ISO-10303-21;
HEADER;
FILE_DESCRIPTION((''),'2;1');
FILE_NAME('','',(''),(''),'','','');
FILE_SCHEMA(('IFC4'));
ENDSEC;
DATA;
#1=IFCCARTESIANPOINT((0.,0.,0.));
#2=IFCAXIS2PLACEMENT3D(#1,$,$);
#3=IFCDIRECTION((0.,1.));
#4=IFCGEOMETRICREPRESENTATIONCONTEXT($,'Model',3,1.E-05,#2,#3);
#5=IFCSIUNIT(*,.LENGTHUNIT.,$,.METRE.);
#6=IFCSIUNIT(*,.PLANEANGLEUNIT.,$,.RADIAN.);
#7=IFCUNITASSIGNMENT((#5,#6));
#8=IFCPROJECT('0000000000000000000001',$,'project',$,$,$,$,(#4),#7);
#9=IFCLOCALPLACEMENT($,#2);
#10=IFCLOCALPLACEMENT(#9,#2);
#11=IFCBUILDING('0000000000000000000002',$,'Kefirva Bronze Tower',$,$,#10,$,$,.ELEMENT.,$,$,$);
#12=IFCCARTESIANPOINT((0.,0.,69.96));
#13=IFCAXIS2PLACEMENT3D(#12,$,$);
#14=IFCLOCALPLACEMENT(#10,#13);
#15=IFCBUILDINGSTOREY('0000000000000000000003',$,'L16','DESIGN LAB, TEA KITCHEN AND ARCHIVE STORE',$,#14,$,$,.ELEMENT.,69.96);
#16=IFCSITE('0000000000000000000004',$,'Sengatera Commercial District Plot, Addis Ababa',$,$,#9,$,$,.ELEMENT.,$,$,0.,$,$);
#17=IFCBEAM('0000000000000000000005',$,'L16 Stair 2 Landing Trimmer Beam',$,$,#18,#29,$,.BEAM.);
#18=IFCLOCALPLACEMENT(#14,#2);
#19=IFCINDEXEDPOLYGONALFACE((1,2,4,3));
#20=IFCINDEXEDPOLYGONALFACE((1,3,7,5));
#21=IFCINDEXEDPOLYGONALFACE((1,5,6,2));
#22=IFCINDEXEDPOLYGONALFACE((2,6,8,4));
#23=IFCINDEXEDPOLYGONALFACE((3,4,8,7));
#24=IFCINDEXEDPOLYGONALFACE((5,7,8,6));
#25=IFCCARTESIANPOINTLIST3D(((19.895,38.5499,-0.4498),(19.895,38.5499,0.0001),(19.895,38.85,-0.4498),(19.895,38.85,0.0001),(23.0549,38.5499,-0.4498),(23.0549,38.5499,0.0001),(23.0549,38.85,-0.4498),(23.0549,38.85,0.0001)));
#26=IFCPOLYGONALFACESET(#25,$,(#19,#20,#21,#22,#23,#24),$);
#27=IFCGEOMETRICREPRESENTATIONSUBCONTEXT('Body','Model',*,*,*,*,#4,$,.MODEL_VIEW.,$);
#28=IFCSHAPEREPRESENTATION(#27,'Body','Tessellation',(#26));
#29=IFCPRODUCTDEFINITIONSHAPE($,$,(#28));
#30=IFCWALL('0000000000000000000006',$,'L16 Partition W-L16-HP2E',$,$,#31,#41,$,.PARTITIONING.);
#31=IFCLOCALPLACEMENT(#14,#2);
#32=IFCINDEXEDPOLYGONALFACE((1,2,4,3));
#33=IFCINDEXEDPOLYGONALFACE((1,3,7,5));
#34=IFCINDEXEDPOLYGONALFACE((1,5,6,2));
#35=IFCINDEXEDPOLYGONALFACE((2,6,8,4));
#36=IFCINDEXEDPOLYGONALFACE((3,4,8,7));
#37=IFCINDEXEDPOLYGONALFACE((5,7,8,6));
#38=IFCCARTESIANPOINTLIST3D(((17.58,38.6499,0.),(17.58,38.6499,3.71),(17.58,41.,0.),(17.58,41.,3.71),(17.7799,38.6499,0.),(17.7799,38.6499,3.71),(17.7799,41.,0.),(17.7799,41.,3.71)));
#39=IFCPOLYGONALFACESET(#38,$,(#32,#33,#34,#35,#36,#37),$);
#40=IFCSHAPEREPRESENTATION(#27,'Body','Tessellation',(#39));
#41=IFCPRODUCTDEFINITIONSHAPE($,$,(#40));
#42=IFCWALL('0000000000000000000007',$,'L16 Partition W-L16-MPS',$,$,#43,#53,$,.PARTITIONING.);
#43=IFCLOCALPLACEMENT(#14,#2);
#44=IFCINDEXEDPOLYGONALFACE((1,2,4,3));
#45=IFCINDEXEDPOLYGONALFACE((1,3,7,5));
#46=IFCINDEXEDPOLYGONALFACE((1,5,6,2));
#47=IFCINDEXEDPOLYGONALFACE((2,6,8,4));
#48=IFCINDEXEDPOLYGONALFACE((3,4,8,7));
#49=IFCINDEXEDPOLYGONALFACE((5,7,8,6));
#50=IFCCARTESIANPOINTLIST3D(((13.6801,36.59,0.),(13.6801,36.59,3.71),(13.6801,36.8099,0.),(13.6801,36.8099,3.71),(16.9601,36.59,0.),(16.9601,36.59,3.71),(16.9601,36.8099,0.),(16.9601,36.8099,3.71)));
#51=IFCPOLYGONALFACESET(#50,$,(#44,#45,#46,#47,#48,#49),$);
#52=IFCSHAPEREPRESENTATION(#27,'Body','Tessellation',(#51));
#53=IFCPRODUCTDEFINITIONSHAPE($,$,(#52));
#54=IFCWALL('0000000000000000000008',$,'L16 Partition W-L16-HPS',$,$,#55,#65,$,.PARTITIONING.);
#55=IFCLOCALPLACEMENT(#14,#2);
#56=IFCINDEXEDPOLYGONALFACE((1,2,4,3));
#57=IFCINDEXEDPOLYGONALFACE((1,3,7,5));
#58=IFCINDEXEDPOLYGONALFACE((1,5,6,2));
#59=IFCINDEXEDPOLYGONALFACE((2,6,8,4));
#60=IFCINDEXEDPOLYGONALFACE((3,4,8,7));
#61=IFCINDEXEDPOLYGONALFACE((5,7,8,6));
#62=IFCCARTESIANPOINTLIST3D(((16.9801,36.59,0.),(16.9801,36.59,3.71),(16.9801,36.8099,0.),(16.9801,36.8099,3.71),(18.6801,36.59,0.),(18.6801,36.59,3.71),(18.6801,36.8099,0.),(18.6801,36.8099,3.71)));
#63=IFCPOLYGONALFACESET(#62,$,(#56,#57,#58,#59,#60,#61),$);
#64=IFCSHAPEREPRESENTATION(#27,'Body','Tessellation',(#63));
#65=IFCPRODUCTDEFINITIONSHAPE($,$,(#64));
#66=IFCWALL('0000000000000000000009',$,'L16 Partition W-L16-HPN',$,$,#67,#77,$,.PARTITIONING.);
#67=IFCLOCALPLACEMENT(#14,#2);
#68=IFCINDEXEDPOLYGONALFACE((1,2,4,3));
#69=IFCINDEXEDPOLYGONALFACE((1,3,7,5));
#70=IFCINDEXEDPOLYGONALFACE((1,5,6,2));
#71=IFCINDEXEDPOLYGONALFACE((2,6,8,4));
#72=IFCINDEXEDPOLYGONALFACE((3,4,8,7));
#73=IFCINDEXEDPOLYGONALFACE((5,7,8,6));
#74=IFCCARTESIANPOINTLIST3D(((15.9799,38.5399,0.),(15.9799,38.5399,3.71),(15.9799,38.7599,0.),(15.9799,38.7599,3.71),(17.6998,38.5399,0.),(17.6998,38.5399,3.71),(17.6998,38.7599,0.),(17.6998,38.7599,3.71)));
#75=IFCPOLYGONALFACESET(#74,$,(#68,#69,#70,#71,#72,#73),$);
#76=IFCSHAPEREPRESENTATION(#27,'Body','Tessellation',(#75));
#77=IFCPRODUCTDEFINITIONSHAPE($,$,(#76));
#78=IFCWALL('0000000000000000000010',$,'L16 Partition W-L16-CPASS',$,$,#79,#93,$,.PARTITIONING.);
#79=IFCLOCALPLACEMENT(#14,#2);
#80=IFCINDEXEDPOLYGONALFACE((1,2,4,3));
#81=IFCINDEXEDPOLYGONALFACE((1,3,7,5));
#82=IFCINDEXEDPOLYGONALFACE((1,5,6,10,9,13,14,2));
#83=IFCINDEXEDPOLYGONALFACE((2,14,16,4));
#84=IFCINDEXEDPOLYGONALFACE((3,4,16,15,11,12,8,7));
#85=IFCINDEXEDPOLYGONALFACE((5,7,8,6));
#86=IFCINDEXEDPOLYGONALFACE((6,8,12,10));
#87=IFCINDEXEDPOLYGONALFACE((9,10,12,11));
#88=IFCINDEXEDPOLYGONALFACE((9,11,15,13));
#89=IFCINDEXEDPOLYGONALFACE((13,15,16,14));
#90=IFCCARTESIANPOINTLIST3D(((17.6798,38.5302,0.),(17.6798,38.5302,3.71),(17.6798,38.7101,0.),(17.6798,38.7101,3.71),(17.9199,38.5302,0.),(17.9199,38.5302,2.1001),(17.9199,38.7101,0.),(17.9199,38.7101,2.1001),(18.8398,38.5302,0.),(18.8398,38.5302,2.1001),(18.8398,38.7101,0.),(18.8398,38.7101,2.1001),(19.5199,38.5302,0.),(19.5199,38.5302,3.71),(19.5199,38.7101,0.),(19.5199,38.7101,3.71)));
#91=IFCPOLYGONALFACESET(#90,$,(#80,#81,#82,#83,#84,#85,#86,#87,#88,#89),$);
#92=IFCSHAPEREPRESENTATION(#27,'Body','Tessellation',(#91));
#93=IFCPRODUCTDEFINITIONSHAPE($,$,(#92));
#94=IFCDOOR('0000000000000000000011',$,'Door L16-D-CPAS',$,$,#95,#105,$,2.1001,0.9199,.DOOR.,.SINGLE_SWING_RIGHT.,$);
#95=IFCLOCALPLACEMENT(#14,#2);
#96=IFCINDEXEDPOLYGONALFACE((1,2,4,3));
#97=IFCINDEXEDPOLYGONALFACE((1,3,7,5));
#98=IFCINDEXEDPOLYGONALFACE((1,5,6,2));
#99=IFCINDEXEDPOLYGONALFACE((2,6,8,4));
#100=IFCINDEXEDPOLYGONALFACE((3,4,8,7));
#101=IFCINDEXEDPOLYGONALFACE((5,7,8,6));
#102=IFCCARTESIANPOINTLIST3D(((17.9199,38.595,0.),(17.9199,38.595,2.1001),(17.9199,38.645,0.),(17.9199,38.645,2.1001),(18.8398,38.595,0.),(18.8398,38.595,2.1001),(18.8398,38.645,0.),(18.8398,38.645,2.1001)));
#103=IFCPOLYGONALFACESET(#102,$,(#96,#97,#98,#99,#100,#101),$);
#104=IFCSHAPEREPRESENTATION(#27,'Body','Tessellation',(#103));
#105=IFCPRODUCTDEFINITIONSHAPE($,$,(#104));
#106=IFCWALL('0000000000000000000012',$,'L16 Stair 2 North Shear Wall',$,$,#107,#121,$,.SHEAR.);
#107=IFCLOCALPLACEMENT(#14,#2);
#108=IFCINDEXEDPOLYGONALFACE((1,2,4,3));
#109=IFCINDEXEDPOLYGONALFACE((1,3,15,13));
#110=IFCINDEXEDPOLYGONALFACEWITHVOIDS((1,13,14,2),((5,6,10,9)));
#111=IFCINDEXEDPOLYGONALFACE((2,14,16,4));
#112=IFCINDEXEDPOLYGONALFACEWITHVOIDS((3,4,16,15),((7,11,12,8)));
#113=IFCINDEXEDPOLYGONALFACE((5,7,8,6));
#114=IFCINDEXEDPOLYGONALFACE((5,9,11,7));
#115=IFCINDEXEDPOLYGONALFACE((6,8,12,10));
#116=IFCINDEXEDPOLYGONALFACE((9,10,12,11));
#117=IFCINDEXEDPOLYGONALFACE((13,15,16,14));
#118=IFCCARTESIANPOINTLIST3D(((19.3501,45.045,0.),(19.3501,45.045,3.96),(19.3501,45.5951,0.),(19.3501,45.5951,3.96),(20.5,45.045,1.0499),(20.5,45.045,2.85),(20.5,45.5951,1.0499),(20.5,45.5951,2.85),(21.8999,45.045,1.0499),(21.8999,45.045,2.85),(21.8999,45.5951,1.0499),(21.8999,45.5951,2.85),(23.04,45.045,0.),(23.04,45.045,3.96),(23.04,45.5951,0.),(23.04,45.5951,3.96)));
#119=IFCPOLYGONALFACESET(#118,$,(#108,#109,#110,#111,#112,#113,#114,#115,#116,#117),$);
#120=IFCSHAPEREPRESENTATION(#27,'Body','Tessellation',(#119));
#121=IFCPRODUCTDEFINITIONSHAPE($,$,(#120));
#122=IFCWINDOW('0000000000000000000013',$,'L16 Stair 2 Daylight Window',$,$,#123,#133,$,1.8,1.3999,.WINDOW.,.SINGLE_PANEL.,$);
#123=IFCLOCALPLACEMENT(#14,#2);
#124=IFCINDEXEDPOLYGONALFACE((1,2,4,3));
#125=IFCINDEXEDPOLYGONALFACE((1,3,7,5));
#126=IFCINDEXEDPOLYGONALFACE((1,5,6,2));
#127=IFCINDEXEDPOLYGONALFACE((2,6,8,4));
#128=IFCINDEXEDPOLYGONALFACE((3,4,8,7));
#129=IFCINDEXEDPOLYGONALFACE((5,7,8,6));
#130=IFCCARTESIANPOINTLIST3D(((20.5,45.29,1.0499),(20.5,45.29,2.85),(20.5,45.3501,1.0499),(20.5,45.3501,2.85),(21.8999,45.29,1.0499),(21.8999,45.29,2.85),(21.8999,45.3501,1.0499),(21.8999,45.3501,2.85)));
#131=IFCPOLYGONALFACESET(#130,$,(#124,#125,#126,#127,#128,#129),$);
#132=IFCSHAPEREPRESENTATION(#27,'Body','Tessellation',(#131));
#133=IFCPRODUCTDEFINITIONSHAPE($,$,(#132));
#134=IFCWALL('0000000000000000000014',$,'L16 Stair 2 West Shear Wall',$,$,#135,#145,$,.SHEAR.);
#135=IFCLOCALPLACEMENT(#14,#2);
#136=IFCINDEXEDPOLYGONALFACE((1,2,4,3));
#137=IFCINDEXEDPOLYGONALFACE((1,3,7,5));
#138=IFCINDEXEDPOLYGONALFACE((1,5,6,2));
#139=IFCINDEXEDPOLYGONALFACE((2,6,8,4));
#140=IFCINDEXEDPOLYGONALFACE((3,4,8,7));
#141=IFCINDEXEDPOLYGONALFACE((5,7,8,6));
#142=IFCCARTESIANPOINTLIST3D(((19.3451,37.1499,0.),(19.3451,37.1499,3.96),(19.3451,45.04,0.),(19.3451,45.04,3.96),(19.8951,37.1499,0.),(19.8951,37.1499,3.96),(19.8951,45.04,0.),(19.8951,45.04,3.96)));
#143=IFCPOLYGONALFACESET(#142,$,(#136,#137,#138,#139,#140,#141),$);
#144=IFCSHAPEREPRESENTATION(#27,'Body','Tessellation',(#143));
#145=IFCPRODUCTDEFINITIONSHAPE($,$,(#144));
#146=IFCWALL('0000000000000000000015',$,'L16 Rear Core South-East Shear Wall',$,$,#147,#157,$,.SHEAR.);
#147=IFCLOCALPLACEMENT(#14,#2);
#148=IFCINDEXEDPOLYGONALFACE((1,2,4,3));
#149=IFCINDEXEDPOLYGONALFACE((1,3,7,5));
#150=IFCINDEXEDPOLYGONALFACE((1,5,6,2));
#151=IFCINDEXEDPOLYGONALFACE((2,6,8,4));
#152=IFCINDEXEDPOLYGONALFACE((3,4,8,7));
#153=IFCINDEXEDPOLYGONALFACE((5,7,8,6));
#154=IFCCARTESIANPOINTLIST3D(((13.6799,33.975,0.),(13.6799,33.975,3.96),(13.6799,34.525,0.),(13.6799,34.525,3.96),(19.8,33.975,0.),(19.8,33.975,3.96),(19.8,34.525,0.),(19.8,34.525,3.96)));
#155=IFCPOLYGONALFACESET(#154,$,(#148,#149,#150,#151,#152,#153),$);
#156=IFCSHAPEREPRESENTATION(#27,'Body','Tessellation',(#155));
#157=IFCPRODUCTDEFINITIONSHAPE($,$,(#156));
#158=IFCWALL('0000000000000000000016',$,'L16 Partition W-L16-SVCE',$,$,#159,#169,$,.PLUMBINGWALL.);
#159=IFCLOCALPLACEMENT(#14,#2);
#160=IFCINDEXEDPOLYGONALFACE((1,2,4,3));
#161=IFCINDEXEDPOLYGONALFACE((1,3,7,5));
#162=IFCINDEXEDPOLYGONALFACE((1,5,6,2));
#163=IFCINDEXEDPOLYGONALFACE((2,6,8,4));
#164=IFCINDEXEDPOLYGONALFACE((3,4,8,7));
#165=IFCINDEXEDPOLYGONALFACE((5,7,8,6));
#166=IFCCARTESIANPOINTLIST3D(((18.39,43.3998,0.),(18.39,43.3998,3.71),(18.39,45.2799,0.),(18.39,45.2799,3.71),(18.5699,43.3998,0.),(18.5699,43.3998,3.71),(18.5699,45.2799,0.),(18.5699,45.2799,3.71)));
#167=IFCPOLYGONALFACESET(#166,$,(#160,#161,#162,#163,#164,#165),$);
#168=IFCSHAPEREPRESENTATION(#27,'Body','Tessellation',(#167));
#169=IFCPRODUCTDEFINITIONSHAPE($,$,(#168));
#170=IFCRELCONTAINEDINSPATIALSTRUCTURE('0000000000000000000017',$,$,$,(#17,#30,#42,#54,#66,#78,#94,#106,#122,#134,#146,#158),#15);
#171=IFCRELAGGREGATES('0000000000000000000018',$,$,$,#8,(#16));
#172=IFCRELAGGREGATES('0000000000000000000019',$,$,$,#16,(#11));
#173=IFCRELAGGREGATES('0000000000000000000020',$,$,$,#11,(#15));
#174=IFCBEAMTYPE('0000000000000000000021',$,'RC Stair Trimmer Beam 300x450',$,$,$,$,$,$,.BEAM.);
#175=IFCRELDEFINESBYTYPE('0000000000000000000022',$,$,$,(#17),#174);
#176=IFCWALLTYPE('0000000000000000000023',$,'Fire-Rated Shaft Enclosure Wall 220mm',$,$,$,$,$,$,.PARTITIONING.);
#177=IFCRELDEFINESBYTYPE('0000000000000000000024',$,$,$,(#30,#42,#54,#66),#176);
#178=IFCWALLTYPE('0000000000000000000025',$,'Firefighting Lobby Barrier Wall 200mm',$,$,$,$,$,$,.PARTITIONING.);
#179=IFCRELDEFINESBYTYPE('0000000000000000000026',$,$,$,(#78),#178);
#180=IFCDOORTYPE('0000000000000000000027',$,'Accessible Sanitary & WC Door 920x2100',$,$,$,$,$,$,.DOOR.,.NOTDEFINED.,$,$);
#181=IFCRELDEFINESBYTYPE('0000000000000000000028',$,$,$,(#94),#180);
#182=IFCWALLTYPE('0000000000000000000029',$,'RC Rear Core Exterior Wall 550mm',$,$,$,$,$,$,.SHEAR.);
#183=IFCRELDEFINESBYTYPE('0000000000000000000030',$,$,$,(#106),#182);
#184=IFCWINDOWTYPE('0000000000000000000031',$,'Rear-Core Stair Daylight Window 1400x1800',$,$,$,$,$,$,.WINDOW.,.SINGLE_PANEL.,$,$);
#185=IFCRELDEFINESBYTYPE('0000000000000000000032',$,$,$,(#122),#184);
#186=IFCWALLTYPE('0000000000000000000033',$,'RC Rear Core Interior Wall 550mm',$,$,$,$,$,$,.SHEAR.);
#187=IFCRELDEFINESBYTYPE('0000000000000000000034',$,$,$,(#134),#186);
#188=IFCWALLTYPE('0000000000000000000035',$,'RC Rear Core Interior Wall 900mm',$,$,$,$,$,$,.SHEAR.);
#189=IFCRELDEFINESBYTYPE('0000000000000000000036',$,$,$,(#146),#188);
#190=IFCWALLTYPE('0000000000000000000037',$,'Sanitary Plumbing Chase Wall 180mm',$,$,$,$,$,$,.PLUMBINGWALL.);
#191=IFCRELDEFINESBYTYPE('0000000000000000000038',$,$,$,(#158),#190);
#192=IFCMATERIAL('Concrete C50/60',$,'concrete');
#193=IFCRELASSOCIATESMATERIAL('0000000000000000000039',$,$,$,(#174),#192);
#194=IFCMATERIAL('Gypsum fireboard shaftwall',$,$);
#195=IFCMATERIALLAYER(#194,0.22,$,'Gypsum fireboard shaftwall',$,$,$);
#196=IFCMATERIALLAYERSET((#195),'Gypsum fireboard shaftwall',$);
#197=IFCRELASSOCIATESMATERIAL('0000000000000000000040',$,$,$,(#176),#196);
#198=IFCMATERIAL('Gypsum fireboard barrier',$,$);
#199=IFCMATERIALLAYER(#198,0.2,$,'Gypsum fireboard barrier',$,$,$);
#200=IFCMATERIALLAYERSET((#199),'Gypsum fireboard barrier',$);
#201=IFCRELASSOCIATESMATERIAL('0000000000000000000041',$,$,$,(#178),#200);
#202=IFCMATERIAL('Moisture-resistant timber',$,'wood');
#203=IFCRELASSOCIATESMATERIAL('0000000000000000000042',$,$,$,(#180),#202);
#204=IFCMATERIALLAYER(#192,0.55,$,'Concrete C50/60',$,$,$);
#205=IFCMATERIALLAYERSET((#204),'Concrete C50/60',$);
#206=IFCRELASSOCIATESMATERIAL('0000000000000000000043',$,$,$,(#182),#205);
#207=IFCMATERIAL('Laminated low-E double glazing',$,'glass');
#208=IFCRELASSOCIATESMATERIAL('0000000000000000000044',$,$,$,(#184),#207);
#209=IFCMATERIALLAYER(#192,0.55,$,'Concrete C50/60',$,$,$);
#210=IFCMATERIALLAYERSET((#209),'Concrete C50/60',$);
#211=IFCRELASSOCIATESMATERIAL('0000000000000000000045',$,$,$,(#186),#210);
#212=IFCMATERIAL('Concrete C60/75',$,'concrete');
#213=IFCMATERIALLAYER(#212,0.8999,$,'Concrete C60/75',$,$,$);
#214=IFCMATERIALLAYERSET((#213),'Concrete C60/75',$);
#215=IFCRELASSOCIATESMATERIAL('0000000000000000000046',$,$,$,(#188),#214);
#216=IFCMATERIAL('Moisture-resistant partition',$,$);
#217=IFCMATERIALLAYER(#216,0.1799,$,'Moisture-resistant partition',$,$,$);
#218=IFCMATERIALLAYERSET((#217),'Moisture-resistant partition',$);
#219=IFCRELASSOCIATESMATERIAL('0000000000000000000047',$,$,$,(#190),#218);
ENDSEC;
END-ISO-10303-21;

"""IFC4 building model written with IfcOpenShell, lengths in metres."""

from ifc_helpers import new_model, si_unit, direction, frame, frame_2d, origin, origin_2d, place, context, subcontext, project, spatial, rectangle, extrude, material, layer, layer_set, material_profile, profile_set, type_object, element, fill, save


model = new_model("IFC4")

# Units and contexts
model_context = context("Model", 3, precision=1e-05, world=origin(), true_north=direction((0.0, 1.0)))
body_context = subcontext(model_context, "Body", "Model", "MODEL_VIEW")
ifc_project = project(units=[si_unit("LENGTHUNIT", "METRE"), si_unit("PLANEANGLEUNIT", "RADIAN")], contexts=[model_context])

# Site, building, storey
site_placement = place(None, origin())
site = spatial("IfcSite", under=ifc_project, at=site_placement, Name="Sengatera Commercial District Plot, Addis Ababa", CompositionType="ELEMENT", RefElevation=0.0)
building_placement = place(site_placement, origin())
building = spatial("IfcBuilding", under=site, at=building_placement, Name="Kefirva Bronze Tower", CompositionType="ELEMENT")
storey_placement = place(building_placement, frame((0.0, 0.0, 69.96)))
storey = spatial("IfcBuildingStorey", under=building, at=storey_placement, Name="L16", Description="DESIGN LAB, TEA KITCHEN AND ARCHIVE STORE", CompositionType="ELEMENT", Elevation=69.96)

# Beam
ifc_material_1 = material(Name="Concrete C50/60", Category="concrete")
ifc_material_profile = material_profile(ifc_material_1, rectangle(XDim=0.3, YDim=0.45, at=origin_2d()), Name="RC 300x450")
ifc_profile_set = profile_set([ifc_material_profile], Name="Concrete C50/60")
beam_type = type_object("IfcBeamType", Name="RC Stair Trimmer Beam 300x450", PredefinedType="BEAM", material=ifc_profile_set)
beam_placement = place(storey_placement, frame((19.895, 38.7, -0.2249), z_axis=(1.0, 0.0, 0.0), x_axis=(0.0, 1.0, 0.0)))
element("IfcBeam", 1, at=beam_placement, inside=storey, type_object=beam_type, Name="L16 Stair 2 Landing Trimmer Beam", PredefinedType="BEAM", context=body_context, shape_type="SweptSolid", body=[
    extrude(rectangle(XDim=0.3, YDim=0.45, at=origin_2d()), origin(), (0.0, 0.0, 1.0), 3.1599),
])

# Shared definitions
ifc_material_2 = material(Name="Gypsum fireboard shaftwall")
ifc_layer_1 = layer(ifc_material_2, 0.22, Name="Gypsum fireboard shaftwall")
ifc_layer_set_1 = layer_set([ifc_layer_1], Name="Gypsum fireboard shaftwall")
wall_type_1 = type_object("IfcWallType", Name="Fire-Rated Shaft Enclosure Wall 220mm", PredefinedType="PARTITIONING", material=ifc_layer_set_1)

# Walls
wall_1_placement = place(storey_placement, frame((17.6799, 38.6499, 0.0), z_axis=(0.0, 0.0, 1.0), x_axis=(0.0, 1.0, 0.0)))
element("IfcWall", 2, at=wall_1_placement, inside=storey, type_object=wall_type_1, Name="L16 Partition W-L16-HP2E", PredefinedType="PARTITIONING", context=body_context, shape_type="SweptSolid", body=[
    extrude(rectangle(XDim=2.3501, YDim=0.2, at=frame_2d((1.175, 0.0))), origin(), (0.0, 0.0, 1.0), 3.71),
])
wall_2_placement = place(storey_placement, frame((13.6799, 36.7, 0.0), z_axis=(0.0, 0.0, 1.0), x_axis=(1.0, 0.0, 0.0)))
element("IfcWall", 3, at=wall_2_placement, inside=storey, type_object=wall_type_1, Name="L16 Partition W-L16-MPS", PredefinedType="PARTITIONING", context=body_context, shape_type="SweptSolid", body=[
    extrude(rectangle(XDim=3.28, YDim=0.22, at=frame_2d((1.6401, 0.0))), origin(), (0.0, 0.0, 1.0), 3.71),
])
wall_3_placement = place(storey_placement, frame((16.98, 36.7, 0.0), z_axis=(0.0, 0.0, 1.0), x_axis=(1.0, 0.0, 0.0)))
element("IfcWall", 4, at=wall_3_placement, inside=storey, type_object=wall_type_1, Name="L16 Partition W-L16-HPS", PredefinedType="PARTITIONING", context=body_context, shape_type="SweptSolid", body=[
    extrude(rectangle(XDim=1.7, YDim=0.22, at=frame_2d((0.8501, 0.0))), origin(), (0.0, 0.0, 1.0), 3.71),
])
wall_4_placement = place(storey_placement, frame((15.98, 38.6499, 0.0), z_axis=(0.0, 0.0, 1.0), x_axis=(1.0, 0.0, 0.0)))
element("IfcWall", 5, at=wall_4_placement, inside=storey, type_object=wall_type_1, Name="L16 Partition W-L16-HPN", PredefinedType="PARTITIONING", context=body_context, shape_type="SweptSolid", body=[
    extrude(rectangle(XDim=1.72, YDim=0.22, at=frame_2d((0.8599, 0.0))), origin(), (0.0, 0.0, 1.0), 3.71),
])

# Wall, opening, door
ifc_material_3 = material(Name="Gypsum fireboard barrier")
ifc_layer_2 = layer(ifc_material_3, 0.2, Name="Gypsum fireboard barrier")
ifc_layer_set_2 = layer_set([ifc_layer_2], Name="Gypsum fireboard barrier")
wall_type_2 = type_object("IfcWallType", Name="Firefighting Lobby Barrier Wall 200mm", PredefinedType="PARTITIONING", material=ifc_layer_set_2)
wall_5_placement = place(storey_placement, frame((17.6799, 38.6201, 0.0), z_axis=(0.0, 0.0, 1.0), x_axis=(1.0, 0.0, 0.0)))
wall_5 = element("IfcWall", 6, at=wall_5_placement, inside=storey, type_object=wall_type_2, Name="L16 Partition W-L16-CPASS", PredefinedType="PARTITIONING", context=body_context, shape_type="SweptSolid", body=[
    extrude(rectangle(XDim=1.8401, YDim=0.1799, at=frame_2d((0.9199, 0.0))), origin(), (0.0, 0.0, 1.0), 3.71),
])
opening_1_placement = place(wall_5_placement, frame((0.24, 0.0, 0.0)))
opening_1 = element("IfcOpeningElement", 7, at=opening_1_placement, cuts=wall_5, PredefinedType="OPENING", context=body_context, shape_type="SweptSolid", body=[
    extrude(rectangle(XDim=0.9199, YDim=2.1001, at=frame_2d((0.46, 1.05))), frame((0.0, 0.1001, 0.0), z_axis=(0.0, -1.0, 0.0), x_axis=(1.0, 0.0, 0.0)), (0.0, 0.0, 1.0), 0.2),
])
ifc_material_4 = material(Name="Moisture-resistant timber", Category="wood")
door_type_1 = type_object("IfcDoorType", Name="Accessible Sanitary & WC Door 920x2100", OperationType="NOTDEFINED", PredefinedType="DOOR", material=ifc_material_4)
door_1_placement = place(opening_1_placement, origin())
door_1 = element("IfcDoor", 8, at=door_1_placement, inside=storey, type_object=door_type_1, Name="Door L16-D-CPAS", OperationType="SINGLE_SWING_RIGHT", OverallHeight=2.1001, OverallWidth=0.9199, PredefinedType="DOOR", context=body_context, shape_type="SweptSolid", body=[
    extrude(rectangle(XDim=0.9199, YDim=2.1001, at=frame_2d((0.46, 1.05))), frame((0.0, 0.0249, 0.0), z_axis=(0.0, -1.0, 0.0), x_axis=(1.0, 0.0, 0.0)), (0.0, 0.0, 1.0), 0.05),
])
fill(opening_1, door_1)

# Wall, opening, window
ifc_layer_3 = layer(ifc_material_1, 0.55, Name="Concrete C50/60")
ifc_layer_set_3 = layer_set([ifc_layer_3], Name="Concrete C50/60")
wall_type_3 = type_object("IfcWallType", Name="RC Rear Core Exterior Wall 550mm", PredefinedType="SHEAR", material=ifc_layer_set_3)
wall_6_placement = place(storey_placement, frame((19.3501, 45.3201, 0.0), z_axis=(0.0, 0.0, 1.0), x_axis=(1.0, 0.0, 0.0)))
wall_6 = element("IfcWall", 9, at=wall_6_placement, inside=storey, type_object=wall_type_3, Name="L16 Stair 2 North Shear Wall", PredefinedType="SHEAR", context=body_context, shape_type="SweptSolid", body=[
    extrude(rectangle(XDim=3.6899, YDim=0.55, at=frame_2d((1.845, 0.0))), origin(), (0.0, 0.0, 1.0), 3.96),
])
opening_2_placement = place(wall_6_placement, frame((1.1499, 0.0, 1.05)))
opening_2 = element("IfcOpeningElement", 10, at=opening_2_placement, cuts=wall_6, PredefinedType="OPENING", context=body_context, shape_type="SweptSolid", body=[
    extrude(rectangle(XDim=1.3999, YDim=1.8, at=frame_2d((0.7, 0.8999))), frame((0.0, 0.2852, 0.0), z_axis=(0.0, -1.0, 0.0), x_axis=(1.0, 0.0, 0.0)), (0.0, 0.0, 1.0), 0.5701),
])
ifc_material_5 = material(Name="Laminated low-E double glazing", Category="glass")
window_type = type_object("IfcWindowType", Name="Rear-Core Stair Daylight Window 1400x1800", PartitioningType="SINGLE_PANEL", PredefinedType="WINDOW", material=ifc_material_5)
window_placement = place(opening_2_placement, origin())
window = element("IfcWindow", 11, at=window_placement, inside=storey, type_object=window_type, Name="L16 Stair 2 Daylight Window", OverallHeight=1.8, OverallWidth=1.3999, PartitioningType="SINGLE_PANEL", PredefinedType="WINDOW", context=body_context, shape_type="SweptSolid", body=[
    extrude(rectangle(XDim=1.3999, YDim=1.8, at=frame_2d((0.7, 0.8999))), frame((0.0, 0.03, 0.0), z_axis=(0.0, -1.0, 0.0), x_axis=(1.0, 0.0, 0.0)), (0.0, 0.0, 1.0), 0.0601),
])
fill(opening_2, window)

# Walls
ifc_layer_4 = layer(ifc_material_1, 0.55, Name="Concrete C50/60")
ifc_layer_set_4 = layer_set([ifc_layer_4], Name="Concrete C50/60")
wall_type_4 = type_object("IfcWallType", Name="RC Rear Core Interior Wall 550mm", PredefinedType="SHEAR", material=ifc_layer_set_4)
wall_7_placement = place(storey_placement, frame((19.6201, 37.1499, 0.0), z_axis=(0.0, 0.0, 1.0), x_axis=(0.0, 1.0, 0.0)))
element("IfcWall", 12, at=wall_7_placement, inside=storey, type_object=wall_type_4, Name="L16 Stair 2 West Shear Wall", PredefinedType="SHEAR", context=body_context, shape_type="SweptSolid", body=[
    extrude(rectangle(XDim=7.8901, YDim=0.55, at=frame_2d((3.9451, 0.0))), origin(), (0.0, 0.0, 1.0), 3.96),
])
ifc_material_6 = material(Name="Concrete C60/75", Category="concrete")
ifc_layer_5 = layer(ifc_material_6, 0.8999, Name="Concrete C60/75")
ifc_layer_set_5 = layer_set([ifc_layer_5], Name="Concrete C60/75")
wall_type_5 = type_object("IfcWallType", Name="RC Rear Core Interior Wall 900mm", PredefinedType="SHEAR", material=ifc_layer_set_5)
wall_8_placement = place(storey_placement, frame((13.6799, 34.25, 0.0), z_axis=(0.0, 0.0, 1.0), x_axis=(1.0, 0.0, 0.0)))
element("IfcWall", 13, at=wall_8_placement, inside=storey, type_object=wall_type_5, Name="L16 Rear Core South-East Shear Wall", PredefinedType="SHEAR", context=body_context, shape_type="SweptSolid", body=[
    extrude(rectangle(XDim=6.1201, YDim=0.55, at=frame_2d((3.0601, 0.0))), origin(), (0.0, 0.0, 1.0), 3.96),
])
ifc_material_7 = material(Name="Moisture-resistant partition")
ifc_layer_6 = layer(ifc_material_7, 0.1799, Name="Moisture-resistant partition")
ifc_layer_set_6 = layer_set([ifc_layer_6], Name="Moisture-resistant partition")
wall_type_6 = type_object("IfcWallType", Name="Sanitary Plumbing Chase Wall 180mm", PredefinedType="PLUMBINGWALL", material=ifc_layer_set_6)
for number, where, z_axis, x_axis, name in (
    (14, (18.48, 43.3999, 0.0), (0.0, 0.0, 1.0), (0.0, 1.0, 0.0), "L16 Partition W-L16-SVCE"),
):
    element("IfcWall", number, at=place(storey_placement, frame(where, z_axis=z_axis, x_axis=x_axis)), inside=storey, type_object=wall_type_6, Name=name, PredefinedType="PLUMBINGWALL", context=body_context, shape_type="SweptSolid", body=[
        extrude(rectangle(XDim=1.8801, YDim=0.1799, at=frame_2d((0.9399, 0.0))), origin(), (0.0, 0.0, 1.0), 3.71),
    ])

save(model, "model.ifc")
